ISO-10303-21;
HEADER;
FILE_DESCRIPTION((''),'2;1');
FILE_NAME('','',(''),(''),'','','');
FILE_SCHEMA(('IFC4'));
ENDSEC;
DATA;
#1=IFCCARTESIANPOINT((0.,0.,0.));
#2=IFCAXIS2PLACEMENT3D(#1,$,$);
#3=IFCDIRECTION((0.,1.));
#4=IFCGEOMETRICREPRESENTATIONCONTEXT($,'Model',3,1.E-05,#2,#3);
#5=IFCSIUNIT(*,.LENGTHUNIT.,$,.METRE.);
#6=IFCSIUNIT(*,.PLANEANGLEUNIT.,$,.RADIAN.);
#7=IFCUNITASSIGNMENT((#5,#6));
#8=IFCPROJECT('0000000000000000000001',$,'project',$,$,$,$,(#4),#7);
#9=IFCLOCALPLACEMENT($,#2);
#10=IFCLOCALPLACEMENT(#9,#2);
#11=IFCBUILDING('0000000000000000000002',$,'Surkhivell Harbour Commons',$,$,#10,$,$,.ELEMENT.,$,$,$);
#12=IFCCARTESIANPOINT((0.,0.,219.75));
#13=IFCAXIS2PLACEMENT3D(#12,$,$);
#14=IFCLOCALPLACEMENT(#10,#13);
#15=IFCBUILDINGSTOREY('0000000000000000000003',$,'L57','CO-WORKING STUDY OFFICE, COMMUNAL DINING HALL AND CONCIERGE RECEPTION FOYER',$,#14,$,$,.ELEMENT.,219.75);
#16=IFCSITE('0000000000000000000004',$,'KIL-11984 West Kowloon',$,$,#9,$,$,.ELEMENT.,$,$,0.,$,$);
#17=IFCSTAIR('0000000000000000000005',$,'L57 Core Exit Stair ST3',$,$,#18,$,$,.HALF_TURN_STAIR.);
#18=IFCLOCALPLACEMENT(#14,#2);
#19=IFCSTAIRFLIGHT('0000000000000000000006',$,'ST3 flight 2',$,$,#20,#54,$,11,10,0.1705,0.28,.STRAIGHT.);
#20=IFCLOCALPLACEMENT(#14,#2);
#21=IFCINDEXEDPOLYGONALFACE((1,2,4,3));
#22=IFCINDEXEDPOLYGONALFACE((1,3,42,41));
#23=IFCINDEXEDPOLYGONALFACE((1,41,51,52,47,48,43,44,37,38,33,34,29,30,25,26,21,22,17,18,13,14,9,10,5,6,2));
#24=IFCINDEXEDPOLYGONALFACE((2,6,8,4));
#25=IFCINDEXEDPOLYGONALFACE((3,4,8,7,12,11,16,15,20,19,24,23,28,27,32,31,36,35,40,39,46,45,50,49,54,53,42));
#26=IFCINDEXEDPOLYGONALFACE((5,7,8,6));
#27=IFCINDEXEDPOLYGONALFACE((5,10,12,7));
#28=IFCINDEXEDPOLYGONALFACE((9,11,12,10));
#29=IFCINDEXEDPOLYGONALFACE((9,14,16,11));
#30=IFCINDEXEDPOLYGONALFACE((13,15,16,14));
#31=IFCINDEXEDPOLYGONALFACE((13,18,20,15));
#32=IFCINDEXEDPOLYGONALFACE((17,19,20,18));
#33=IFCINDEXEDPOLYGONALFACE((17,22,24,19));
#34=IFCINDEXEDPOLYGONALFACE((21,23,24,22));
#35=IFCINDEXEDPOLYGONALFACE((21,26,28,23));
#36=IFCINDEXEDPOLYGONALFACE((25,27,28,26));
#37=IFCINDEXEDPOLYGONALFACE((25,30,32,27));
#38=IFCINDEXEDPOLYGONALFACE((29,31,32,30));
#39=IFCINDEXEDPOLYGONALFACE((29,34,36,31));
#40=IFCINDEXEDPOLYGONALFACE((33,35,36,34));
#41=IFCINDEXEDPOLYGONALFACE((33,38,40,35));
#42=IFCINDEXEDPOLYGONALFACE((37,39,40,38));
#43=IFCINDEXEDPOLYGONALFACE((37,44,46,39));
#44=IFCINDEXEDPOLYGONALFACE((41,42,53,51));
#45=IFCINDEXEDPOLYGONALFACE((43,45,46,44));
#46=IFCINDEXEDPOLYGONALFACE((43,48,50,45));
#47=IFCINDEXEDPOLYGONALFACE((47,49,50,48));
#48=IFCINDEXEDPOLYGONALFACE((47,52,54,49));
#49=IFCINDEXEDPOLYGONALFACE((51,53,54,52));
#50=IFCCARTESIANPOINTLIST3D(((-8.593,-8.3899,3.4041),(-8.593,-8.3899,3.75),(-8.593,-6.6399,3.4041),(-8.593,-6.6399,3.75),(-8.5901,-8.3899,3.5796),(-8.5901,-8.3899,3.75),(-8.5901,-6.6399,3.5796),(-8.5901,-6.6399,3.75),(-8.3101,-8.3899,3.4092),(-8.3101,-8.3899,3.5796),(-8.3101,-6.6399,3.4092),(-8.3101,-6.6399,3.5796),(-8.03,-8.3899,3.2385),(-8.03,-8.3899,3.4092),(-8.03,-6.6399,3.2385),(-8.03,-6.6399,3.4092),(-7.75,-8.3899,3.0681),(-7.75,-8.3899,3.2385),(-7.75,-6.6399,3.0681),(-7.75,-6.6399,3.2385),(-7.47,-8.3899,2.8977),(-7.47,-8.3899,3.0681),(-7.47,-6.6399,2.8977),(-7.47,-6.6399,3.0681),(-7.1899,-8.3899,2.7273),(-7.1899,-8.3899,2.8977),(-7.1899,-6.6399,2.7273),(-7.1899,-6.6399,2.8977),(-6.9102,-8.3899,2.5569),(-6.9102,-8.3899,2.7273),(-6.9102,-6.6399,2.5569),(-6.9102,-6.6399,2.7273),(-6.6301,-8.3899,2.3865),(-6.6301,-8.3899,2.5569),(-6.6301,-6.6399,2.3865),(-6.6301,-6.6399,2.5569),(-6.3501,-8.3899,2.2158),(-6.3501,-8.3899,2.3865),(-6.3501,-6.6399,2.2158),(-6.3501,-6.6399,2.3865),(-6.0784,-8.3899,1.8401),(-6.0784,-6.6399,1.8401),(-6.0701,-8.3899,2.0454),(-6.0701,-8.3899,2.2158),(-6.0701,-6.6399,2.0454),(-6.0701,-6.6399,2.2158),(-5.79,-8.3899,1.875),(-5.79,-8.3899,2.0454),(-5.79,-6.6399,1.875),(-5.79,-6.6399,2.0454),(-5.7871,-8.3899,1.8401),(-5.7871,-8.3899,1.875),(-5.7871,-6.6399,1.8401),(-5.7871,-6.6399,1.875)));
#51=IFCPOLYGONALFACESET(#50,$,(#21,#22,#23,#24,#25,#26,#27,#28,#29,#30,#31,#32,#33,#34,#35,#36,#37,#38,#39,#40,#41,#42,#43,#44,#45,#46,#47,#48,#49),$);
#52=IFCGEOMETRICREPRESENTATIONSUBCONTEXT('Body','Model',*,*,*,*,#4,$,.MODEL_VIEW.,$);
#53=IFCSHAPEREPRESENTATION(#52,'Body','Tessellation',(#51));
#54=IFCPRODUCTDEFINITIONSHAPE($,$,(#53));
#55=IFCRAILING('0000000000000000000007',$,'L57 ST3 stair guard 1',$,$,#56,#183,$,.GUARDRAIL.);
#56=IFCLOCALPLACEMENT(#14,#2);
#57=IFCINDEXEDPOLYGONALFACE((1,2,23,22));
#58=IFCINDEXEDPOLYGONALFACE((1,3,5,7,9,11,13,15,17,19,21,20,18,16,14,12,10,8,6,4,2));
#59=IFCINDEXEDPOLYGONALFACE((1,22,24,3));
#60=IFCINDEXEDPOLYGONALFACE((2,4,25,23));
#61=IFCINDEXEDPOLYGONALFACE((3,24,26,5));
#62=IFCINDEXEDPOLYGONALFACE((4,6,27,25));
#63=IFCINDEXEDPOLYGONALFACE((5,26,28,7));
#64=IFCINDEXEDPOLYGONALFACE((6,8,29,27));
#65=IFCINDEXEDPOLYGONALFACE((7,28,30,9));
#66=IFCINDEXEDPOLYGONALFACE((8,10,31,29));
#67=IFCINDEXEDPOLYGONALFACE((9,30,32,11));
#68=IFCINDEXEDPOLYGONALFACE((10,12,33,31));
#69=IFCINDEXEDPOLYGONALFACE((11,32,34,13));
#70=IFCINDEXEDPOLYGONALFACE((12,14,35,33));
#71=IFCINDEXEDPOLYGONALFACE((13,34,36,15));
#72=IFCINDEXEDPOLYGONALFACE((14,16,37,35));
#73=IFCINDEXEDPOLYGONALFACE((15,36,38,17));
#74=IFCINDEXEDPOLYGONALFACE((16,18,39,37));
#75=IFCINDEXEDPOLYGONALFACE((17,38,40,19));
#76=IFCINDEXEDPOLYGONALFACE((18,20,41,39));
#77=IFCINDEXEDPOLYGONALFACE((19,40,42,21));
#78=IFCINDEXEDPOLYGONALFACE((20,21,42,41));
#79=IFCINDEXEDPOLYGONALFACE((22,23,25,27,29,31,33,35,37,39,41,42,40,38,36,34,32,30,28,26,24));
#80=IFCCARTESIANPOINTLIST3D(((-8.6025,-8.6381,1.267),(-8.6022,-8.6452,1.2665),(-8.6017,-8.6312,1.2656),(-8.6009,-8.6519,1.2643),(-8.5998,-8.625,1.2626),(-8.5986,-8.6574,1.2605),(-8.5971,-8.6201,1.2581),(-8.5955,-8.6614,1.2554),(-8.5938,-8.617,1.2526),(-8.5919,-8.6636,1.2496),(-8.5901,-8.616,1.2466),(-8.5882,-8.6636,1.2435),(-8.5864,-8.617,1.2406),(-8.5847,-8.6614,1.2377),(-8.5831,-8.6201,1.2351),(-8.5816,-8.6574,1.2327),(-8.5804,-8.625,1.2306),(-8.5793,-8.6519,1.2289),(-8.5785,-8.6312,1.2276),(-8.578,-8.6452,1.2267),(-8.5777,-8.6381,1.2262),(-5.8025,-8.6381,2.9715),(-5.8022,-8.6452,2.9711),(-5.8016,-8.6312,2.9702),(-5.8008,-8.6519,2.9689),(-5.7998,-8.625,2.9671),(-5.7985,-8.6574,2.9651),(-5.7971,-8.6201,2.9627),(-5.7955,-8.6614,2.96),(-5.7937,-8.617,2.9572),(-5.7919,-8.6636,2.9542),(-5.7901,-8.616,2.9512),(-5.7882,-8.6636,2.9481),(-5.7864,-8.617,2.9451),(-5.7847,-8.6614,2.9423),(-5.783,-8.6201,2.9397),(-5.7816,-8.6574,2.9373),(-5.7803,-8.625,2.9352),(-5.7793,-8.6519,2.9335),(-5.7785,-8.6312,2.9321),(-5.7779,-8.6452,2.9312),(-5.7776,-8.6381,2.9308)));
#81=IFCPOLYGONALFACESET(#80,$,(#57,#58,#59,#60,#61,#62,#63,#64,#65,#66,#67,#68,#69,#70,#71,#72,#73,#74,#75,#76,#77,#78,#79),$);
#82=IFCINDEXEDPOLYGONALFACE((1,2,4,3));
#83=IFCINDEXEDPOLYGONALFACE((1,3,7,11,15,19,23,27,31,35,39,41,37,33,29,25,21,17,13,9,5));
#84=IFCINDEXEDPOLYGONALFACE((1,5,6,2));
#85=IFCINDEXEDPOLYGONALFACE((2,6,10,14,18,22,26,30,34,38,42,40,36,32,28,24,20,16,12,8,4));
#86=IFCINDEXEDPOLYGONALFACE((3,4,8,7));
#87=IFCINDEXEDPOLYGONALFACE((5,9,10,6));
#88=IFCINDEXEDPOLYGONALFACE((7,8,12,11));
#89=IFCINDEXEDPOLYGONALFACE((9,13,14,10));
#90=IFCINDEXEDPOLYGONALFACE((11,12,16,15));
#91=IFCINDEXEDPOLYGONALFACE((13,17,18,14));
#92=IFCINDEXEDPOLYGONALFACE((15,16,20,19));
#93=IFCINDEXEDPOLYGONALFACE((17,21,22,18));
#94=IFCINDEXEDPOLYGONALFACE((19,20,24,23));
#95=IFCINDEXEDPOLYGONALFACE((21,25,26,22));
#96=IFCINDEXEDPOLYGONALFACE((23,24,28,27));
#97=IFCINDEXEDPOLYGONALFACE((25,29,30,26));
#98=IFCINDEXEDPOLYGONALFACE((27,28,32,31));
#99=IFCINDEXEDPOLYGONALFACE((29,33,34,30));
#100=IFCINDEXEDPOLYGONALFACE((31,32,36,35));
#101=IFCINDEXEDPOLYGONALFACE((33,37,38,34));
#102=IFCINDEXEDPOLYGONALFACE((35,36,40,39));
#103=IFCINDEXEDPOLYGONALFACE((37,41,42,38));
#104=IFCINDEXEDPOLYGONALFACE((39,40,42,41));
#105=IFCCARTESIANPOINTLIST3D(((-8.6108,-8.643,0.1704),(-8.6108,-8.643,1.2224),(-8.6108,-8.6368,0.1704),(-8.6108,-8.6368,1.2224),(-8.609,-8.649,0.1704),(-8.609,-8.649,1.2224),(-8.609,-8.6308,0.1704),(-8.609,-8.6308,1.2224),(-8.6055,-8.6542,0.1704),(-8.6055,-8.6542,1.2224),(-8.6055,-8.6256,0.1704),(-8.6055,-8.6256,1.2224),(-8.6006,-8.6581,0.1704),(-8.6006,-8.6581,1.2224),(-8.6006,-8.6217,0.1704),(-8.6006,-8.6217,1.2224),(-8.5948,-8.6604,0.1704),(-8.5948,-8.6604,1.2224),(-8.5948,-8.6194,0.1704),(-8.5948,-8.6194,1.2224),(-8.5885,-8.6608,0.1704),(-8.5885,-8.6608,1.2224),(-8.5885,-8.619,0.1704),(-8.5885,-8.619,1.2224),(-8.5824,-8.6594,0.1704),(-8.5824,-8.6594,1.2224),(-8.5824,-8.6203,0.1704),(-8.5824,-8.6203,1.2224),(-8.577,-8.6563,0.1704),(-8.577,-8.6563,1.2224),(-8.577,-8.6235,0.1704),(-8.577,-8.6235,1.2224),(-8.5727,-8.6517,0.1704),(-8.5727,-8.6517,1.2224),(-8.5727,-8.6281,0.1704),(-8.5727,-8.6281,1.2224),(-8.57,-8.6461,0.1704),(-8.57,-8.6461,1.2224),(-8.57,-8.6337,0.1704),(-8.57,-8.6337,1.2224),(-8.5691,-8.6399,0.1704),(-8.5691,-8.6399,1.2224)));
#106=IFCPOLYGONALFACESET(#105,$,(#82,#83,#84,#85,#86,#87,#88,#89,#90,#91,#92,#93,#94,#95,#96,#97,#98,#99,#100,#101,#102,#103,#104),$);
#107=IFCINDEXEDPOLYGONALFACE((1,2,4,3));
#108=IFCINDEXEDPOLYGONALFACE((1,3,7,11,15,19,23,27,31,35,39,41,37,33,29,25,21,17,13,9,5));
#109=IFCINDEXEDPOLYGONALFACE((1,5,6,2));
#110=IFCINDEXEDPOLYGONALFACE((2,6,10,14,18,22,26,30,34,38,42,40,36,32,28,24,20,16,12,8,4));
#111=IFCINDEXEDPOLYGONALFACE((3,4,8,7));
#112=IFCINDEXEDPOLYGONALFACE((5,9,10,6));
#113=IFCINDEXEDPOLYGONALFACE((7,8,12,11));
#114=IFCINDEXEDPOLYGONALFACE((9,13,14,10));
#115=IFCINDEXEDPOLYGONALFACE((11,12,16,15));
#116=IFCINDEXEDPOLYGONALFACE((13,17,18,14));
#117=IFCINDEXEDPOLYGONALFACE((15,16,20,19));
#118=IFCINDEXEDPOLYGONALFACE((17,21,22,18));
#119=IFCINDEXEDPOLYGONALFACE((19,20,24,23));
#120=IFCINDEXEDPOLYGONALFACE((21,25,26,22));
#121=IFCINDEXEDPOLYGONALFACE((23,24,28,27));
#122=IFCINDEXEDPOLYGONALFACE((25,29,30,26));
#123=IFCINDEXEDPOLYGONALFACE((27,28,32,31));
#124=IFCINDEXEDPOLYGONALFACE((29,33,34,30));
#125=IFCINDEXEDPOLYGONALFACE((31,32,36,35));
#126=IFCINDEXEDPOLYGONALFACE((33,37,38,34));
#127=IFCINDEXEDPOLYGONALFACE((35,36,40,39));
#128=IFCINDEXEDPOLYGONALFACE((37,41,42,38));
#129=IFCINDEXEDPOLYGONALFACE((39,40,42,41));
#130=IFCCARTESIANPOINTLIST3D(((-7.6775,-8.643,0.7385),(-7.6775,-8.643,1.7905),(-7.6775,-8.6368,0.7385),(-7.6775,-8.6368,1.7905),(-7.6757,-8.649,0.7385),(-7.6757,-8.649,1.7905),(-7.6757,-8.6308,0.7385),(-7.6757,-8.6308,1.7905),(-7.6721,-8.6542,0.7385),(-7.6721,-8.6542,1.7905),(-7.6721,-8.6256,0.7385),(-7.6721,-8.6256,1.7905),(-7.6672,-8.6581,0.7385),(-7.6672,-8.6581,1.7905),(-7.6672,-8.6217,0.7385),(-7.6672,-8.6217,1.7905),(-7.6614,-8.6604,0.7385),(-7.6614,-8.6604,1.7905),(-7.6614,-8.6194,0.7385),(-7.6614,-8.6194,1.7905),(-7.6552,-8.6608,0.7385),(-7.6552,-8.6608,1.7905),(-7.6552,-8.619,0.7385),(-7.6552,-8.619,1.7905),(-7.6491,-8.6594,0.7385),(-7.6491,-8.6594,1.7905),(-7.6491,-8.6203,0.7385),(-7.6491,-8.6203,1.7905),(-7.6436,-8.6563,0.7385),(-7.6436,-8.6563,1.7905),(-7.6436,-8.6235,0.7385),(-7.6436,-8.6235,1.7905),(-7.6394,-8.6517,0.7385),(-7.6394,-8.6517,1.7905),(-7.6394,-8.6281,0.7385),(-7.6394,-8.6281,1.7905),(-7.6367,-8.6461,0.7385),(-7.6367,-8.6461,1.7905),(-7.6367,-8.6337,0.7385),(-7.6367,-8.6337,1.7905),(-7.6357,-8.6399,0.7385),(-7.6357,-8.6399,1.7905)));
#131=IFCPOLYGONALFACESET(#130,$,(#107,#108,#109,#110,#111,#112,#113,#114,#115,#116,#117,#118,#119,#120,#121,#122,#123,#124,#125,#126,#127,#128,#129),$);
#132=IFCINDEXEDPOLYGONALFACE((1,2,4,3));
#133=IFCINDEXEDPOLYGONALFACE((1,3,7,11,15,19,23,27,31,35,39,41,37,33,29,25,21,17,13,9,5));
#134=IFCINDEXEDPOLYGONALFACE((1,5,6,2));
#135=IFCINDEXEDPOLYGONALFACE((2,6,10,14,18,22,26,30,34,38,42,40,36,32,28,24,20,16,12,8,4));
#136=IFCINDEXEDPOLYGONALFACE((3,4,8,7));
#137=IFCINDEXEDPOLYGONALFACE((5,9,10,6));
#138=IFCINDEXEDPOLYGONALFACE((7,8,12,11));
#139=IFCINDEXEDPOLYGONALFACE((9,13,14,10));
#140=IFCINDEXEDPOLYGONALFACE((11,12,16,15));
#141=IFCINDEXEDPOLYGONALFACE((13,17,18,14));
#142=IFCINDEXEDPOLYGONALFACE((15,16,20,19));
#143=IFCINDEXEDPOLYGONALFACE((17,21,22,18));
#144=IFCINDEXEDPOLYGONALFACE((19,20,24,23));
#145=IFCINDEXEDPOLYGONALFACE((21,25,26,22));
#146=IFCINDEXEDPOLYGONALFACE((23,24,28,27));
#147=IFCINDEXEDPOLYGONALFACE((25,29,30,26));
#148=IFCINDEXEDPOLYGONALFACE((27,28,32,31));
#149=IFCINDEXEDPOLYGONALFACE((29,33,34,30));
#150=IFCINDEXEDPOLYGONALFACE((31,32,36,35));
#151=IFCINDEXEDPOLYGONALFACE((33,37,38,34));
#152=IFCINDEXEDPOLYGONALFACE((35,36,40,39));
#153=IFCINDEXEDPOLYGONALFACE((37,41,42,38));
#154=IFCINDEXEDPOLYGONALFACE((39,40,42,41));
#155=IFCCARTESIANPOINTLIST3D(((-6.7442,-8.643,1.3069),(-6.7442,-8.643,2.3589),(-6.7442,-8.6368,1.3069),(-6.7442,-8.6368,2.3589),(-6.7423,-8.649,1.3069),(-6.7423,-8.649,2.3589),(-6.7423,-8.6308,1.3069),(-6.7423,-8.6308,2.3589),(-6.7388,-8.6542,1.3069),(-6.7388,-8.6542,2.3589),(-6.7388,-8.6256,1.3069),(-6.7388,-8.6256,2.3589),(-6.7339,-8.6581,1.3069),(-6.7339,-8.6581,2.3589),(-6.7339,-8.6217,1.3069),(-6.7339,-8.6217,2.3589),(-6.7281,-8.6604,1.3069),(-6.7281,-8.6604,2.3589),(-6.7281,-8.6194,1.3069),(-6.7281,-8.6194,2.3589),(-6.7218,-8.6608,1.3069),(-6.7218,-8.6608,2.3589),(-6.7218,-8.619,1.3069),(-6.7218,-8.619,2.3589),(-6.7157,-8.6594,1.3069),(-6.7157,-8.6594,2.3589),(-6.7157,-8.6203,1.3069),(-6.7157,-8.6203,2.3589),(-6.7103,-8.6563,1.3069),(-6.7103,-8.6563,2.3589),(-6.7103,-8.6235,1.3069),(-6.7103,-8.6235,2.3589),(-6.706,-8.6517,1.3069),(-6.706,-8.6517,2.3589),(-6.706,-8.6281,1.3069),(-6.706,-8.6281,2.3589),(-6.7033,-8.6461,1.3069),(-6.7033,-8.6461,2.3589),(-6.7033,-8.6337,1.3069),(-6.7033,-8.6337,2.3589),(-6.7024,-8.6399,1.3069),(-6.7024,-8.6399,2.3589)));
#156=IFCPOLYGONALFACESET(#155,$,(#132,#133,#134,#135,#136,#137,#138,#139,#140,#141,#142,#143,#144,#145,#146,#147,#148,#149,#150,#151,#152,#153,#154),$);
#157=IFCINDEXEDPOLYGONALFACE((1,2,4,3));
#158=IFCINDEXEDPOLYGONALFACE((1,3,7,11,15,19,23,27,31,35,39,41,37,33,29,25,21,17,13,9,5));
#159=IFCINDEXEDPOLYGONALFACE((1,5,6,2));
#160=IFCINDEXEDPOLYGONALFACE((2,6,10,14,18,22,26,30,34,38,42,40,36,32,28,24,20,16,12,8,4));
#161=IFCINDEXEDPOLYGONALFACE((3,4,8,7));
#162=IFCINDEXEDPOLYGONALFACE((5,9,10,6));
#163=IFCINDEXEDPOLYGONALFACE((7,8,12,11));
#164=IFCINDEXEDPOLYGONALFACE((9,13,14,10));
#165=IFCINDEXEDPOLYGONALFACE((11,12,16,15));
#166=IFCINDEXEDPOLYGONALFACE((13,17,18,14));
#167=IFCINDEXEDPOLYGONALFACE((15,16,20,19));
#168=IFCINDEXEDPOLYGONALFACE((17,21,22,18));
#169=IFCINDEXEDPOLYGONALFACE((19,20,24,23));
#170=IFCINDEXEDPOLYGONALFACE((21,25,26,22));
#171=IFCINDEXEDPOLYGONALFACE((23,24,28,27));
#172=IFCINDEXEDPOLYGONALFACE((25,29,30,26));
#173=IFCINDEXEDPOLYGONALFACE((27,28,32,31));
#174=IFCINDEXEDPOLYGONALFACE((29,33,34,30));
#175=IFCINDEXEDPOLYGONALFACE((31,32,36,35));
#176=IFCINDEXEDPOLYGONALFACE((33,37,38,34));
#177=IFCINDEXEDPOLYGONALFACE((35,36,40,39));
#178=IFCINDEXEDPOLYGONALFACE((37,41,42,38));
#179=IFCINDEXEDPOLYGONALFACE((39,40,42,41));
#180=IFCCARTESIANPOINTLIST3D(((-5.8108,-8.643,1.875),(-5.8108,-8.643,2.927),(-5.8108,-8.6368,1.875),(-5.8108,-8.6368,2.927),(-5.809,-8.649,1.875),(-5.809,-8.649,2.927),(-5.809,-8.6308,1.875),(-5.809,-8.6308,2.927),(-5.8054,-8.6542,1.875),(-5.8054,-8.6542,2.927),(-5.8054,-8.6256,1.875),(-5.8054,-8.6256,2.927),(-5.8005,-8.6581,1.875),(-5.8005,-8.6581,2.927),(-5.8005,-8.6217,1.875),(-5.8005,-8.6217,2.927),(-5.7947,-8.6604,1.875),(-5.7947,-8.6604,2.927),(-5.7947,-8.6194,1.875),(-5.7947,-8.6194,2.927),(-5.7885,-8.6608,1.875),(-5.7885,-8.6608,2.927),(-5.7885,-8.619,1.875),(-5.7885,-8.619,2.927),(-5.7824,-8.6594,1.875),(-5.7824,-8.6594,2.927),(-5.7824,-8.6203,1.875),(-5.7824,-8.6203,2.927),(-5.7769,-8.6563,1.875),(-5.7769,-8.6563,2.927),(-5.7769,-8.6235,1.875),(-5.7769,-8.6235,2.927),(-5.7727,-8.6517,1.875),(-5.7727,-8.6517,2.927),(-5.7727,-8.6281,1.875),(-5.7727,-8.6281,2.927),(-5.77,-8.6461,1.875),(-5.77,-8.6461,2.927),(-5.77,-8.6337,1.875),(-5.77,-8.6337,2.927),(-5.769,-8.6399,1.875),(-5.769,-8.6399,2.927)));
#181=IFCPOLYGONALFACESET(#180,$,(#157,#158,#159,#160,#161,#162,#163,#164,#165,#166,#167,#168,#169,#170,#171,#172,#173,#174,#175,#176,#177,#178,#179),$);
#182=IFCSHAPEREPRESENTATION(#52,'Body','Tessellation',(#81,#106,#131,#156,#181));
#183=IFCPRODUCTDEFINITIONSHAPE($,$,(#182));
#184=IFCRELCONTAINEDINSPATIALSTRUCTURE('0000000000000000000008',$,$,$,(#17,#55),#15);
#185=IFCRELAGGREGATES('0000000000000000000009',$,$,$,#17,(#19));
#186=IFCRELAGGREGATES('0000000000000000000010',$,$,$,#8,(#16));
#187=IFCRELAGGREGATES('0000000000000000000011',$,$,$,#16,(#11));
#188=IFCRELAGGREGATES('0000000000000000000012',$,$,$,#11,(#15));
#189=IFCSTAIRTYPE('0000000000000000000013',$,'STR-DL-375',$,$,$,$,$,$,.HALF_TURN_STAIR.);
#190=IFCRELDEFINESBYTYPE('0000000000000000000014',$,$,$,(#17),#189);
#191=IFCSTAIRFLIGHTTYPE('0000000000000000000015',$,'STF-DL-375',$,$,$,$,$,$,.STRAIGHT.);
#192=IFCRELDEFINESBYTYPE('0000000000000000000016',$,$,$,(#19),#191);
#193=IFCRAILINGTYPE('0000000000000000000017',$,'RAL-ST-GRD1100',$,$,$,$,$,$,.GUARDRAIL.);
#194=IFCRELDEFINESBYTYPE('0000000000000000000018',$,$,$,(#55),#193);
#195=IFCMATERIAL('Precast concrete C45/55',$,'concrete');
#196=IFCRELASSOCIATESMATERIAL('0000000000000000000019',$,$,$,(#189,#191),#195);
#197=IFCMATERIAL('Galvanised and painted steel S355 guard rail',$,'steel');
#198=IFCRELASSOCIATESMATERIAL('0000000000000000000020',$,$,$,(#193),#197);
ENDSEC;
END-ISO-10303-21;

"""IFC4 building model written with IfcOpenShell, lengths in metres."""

from ifc_helpers import new_model, si_unit, direction, frame, origin, origin_2d, place, context, subcontext, project, spatial, polyline, circle, outline, extrude, material, type_object, element, aggregate, save


model = new_model("IFC4")

# Units and contexts
model_context = context("Model", 3, precision=1e-05, world=origin(), true_north=direction((0.0, 1.0)))
body_context = subcontext(model_context, "Body", "Model", "MODEL_VIEW")
ifc_project = project(units=[si_unit("LENGTHUNIT", "METRE"), si_unit("PLANEANGLEUNIT", "RADIAN")], contexts=[model_context])

# Site, building, storey
site_placement = place(None, origin())
site = spatial("IfcSite", under=ifc_project, at=site_placement, Name="KIL-11984 West Kowloon", CompositionType="ELEMENT", RefElevation=0.0)
building_placement = place(site_placement, origin())
building = spatial("IfcBuilding", under=site, at=building_placement, Name="Surkhivell Harbour Commons", CompositionType="ELEMENT")
storey_placement = place(building_placement, frame((0.0, 0.0, 219.75)))
storey = spatial("IfcBuildingStorey", under=building, at=storey_placement, Name="L57", Description="CO-WORKING STUDY OFFICE, COMMUNAL DINING HALL AND CONCIERGE RECEPTION FOYER", CompositionType="ELEMENT", Elevation=219.75)

# Stair, stair flight
ifc_material_1 = material(Name="Precast concrete C45/55", Category="concrete")
stair_type = type_object("IfcStairType", Name="STR-DL-375", PredefinedType="HALF_TURN_STAIR", material=ifc_material_1)
stair_placement = place(storey_placement, origin())
stair = element("IfcStair", 1, at=stair_placement, inside=storey, type_object=stair_type, Name="L57 Core Exit Stair ST3", PredefinedType="HALF_TURN_STAIR")
stair_flight_type = type_object("IfcStairFlightType", Name="STF-DL-375", PredefinedType="STRAIGHT", material=ifc_material_1)
stair_flight_1_placement = place(storey_placement, frame((-5.79, -7.5149, 1.875), z_axis=(0.0, 0.0, 1.0), x_axis=(-1.0, 0.0, 0.0)))
stair_flight_1 = element("IfcStairFlight", 2, at=stair_flight_1_placement, type_object=stair_flight_type, Name="ST3 flight 2", NumberOfRisers=11, NumberOfTreads=10, PredefinedType="STRAIGHT", RiserHeight=0.1705, TreadLength=0.28, context=body_context, shape_type="SweptSolid", body=[
    extrude(outline(polyline([(-0.0029, -0.0349), (-0.0029, 0.0), (0.0, 0.0), (0.0, 0.1704), (0.28, 0.1704), (0.28, 0.3408), (0.5601, 0.3408), (0.5601, 0.5115), (0.8401, 0.5115), (0.8401, 0.6819), (1.1201, 0.6819), (1.1201, 0.8523), (1.3999, 0.8523), (1.3999, 1.0227), (1.6799, 1.0227), (1.6799, 1.1931), (1.96, 1.1931), (1.96, 1.3635), (2.24, 1.3635), (2.24, 1.5342), (2.52, 1.5342), (2.52, 1.7046), (2.8, 1.7046), (2.8, 1.875), (2.803, 1.875), (2.803, 1.5291), (0.2883, -0.0349), (-0.0029, -0.0349)])), frame((0.0, 0.875, 0.0), z_axis=(0.0, -1.0, 0.0), x_axis=(1.0, 0.0, 0.0)), (0.0, 0.0, 1.0), 1.75),
])
aggregate(stair, [stair_flight_1])

# Railing
ifc_material_2 = material(Name="Galvanised and painted steel S355 guard rail", Category="steel")
railing_type_1 = type_object("IfcRailingType", Name="RAL-ST-GRD1100", PredefinedType="GUARDRAIL", material=ifc_material_2)
railing_1_placement = place(storey_placement, frame((-8.5901, -8.6399, 0.1704)))
element("IfcRailing", 3, at=railing_1_placement, inside=storey, type_object=railing_type_1, Name="L57 ST3 stair guard 1", PredefinedType="GUARDRAIL", context=body_context, shape_type="SweptSolid", body=[
    extrude(circle(Radius=0.0239, at=origin_2d()), frame((0.0, 0.0, 1.0762), z_axis=(0.85417, 0.0, 0.519994), x_axis=(0.0, 1.0, 0.0)), (0.0, 0.0, 1.0), 3.2781),
    extrude(circle(Radius=0.021, at=origin_2d()), origin(), (0.0, 0.0, 1.0), 1.052),
    extrude(circle(Radius=0.021, at=origin_2d()), frame((0.9333, 0.0, 0.5681)), (0.0, 0.0, 1.0), 1.052),
    extrude(circle(Radius=0.021, at=origin_2d()), frame((1.8667, 0.0, 1.1365)), (0.0, 0.0, 1.0), 1.052),
    extrude(circle(Radius=0.021, at=origin_2d()), frame((2.8, 0.0, 1.7046)), (0.0, 0.0, 1.0), 1.052),
])

save(model, "model.ifc")
